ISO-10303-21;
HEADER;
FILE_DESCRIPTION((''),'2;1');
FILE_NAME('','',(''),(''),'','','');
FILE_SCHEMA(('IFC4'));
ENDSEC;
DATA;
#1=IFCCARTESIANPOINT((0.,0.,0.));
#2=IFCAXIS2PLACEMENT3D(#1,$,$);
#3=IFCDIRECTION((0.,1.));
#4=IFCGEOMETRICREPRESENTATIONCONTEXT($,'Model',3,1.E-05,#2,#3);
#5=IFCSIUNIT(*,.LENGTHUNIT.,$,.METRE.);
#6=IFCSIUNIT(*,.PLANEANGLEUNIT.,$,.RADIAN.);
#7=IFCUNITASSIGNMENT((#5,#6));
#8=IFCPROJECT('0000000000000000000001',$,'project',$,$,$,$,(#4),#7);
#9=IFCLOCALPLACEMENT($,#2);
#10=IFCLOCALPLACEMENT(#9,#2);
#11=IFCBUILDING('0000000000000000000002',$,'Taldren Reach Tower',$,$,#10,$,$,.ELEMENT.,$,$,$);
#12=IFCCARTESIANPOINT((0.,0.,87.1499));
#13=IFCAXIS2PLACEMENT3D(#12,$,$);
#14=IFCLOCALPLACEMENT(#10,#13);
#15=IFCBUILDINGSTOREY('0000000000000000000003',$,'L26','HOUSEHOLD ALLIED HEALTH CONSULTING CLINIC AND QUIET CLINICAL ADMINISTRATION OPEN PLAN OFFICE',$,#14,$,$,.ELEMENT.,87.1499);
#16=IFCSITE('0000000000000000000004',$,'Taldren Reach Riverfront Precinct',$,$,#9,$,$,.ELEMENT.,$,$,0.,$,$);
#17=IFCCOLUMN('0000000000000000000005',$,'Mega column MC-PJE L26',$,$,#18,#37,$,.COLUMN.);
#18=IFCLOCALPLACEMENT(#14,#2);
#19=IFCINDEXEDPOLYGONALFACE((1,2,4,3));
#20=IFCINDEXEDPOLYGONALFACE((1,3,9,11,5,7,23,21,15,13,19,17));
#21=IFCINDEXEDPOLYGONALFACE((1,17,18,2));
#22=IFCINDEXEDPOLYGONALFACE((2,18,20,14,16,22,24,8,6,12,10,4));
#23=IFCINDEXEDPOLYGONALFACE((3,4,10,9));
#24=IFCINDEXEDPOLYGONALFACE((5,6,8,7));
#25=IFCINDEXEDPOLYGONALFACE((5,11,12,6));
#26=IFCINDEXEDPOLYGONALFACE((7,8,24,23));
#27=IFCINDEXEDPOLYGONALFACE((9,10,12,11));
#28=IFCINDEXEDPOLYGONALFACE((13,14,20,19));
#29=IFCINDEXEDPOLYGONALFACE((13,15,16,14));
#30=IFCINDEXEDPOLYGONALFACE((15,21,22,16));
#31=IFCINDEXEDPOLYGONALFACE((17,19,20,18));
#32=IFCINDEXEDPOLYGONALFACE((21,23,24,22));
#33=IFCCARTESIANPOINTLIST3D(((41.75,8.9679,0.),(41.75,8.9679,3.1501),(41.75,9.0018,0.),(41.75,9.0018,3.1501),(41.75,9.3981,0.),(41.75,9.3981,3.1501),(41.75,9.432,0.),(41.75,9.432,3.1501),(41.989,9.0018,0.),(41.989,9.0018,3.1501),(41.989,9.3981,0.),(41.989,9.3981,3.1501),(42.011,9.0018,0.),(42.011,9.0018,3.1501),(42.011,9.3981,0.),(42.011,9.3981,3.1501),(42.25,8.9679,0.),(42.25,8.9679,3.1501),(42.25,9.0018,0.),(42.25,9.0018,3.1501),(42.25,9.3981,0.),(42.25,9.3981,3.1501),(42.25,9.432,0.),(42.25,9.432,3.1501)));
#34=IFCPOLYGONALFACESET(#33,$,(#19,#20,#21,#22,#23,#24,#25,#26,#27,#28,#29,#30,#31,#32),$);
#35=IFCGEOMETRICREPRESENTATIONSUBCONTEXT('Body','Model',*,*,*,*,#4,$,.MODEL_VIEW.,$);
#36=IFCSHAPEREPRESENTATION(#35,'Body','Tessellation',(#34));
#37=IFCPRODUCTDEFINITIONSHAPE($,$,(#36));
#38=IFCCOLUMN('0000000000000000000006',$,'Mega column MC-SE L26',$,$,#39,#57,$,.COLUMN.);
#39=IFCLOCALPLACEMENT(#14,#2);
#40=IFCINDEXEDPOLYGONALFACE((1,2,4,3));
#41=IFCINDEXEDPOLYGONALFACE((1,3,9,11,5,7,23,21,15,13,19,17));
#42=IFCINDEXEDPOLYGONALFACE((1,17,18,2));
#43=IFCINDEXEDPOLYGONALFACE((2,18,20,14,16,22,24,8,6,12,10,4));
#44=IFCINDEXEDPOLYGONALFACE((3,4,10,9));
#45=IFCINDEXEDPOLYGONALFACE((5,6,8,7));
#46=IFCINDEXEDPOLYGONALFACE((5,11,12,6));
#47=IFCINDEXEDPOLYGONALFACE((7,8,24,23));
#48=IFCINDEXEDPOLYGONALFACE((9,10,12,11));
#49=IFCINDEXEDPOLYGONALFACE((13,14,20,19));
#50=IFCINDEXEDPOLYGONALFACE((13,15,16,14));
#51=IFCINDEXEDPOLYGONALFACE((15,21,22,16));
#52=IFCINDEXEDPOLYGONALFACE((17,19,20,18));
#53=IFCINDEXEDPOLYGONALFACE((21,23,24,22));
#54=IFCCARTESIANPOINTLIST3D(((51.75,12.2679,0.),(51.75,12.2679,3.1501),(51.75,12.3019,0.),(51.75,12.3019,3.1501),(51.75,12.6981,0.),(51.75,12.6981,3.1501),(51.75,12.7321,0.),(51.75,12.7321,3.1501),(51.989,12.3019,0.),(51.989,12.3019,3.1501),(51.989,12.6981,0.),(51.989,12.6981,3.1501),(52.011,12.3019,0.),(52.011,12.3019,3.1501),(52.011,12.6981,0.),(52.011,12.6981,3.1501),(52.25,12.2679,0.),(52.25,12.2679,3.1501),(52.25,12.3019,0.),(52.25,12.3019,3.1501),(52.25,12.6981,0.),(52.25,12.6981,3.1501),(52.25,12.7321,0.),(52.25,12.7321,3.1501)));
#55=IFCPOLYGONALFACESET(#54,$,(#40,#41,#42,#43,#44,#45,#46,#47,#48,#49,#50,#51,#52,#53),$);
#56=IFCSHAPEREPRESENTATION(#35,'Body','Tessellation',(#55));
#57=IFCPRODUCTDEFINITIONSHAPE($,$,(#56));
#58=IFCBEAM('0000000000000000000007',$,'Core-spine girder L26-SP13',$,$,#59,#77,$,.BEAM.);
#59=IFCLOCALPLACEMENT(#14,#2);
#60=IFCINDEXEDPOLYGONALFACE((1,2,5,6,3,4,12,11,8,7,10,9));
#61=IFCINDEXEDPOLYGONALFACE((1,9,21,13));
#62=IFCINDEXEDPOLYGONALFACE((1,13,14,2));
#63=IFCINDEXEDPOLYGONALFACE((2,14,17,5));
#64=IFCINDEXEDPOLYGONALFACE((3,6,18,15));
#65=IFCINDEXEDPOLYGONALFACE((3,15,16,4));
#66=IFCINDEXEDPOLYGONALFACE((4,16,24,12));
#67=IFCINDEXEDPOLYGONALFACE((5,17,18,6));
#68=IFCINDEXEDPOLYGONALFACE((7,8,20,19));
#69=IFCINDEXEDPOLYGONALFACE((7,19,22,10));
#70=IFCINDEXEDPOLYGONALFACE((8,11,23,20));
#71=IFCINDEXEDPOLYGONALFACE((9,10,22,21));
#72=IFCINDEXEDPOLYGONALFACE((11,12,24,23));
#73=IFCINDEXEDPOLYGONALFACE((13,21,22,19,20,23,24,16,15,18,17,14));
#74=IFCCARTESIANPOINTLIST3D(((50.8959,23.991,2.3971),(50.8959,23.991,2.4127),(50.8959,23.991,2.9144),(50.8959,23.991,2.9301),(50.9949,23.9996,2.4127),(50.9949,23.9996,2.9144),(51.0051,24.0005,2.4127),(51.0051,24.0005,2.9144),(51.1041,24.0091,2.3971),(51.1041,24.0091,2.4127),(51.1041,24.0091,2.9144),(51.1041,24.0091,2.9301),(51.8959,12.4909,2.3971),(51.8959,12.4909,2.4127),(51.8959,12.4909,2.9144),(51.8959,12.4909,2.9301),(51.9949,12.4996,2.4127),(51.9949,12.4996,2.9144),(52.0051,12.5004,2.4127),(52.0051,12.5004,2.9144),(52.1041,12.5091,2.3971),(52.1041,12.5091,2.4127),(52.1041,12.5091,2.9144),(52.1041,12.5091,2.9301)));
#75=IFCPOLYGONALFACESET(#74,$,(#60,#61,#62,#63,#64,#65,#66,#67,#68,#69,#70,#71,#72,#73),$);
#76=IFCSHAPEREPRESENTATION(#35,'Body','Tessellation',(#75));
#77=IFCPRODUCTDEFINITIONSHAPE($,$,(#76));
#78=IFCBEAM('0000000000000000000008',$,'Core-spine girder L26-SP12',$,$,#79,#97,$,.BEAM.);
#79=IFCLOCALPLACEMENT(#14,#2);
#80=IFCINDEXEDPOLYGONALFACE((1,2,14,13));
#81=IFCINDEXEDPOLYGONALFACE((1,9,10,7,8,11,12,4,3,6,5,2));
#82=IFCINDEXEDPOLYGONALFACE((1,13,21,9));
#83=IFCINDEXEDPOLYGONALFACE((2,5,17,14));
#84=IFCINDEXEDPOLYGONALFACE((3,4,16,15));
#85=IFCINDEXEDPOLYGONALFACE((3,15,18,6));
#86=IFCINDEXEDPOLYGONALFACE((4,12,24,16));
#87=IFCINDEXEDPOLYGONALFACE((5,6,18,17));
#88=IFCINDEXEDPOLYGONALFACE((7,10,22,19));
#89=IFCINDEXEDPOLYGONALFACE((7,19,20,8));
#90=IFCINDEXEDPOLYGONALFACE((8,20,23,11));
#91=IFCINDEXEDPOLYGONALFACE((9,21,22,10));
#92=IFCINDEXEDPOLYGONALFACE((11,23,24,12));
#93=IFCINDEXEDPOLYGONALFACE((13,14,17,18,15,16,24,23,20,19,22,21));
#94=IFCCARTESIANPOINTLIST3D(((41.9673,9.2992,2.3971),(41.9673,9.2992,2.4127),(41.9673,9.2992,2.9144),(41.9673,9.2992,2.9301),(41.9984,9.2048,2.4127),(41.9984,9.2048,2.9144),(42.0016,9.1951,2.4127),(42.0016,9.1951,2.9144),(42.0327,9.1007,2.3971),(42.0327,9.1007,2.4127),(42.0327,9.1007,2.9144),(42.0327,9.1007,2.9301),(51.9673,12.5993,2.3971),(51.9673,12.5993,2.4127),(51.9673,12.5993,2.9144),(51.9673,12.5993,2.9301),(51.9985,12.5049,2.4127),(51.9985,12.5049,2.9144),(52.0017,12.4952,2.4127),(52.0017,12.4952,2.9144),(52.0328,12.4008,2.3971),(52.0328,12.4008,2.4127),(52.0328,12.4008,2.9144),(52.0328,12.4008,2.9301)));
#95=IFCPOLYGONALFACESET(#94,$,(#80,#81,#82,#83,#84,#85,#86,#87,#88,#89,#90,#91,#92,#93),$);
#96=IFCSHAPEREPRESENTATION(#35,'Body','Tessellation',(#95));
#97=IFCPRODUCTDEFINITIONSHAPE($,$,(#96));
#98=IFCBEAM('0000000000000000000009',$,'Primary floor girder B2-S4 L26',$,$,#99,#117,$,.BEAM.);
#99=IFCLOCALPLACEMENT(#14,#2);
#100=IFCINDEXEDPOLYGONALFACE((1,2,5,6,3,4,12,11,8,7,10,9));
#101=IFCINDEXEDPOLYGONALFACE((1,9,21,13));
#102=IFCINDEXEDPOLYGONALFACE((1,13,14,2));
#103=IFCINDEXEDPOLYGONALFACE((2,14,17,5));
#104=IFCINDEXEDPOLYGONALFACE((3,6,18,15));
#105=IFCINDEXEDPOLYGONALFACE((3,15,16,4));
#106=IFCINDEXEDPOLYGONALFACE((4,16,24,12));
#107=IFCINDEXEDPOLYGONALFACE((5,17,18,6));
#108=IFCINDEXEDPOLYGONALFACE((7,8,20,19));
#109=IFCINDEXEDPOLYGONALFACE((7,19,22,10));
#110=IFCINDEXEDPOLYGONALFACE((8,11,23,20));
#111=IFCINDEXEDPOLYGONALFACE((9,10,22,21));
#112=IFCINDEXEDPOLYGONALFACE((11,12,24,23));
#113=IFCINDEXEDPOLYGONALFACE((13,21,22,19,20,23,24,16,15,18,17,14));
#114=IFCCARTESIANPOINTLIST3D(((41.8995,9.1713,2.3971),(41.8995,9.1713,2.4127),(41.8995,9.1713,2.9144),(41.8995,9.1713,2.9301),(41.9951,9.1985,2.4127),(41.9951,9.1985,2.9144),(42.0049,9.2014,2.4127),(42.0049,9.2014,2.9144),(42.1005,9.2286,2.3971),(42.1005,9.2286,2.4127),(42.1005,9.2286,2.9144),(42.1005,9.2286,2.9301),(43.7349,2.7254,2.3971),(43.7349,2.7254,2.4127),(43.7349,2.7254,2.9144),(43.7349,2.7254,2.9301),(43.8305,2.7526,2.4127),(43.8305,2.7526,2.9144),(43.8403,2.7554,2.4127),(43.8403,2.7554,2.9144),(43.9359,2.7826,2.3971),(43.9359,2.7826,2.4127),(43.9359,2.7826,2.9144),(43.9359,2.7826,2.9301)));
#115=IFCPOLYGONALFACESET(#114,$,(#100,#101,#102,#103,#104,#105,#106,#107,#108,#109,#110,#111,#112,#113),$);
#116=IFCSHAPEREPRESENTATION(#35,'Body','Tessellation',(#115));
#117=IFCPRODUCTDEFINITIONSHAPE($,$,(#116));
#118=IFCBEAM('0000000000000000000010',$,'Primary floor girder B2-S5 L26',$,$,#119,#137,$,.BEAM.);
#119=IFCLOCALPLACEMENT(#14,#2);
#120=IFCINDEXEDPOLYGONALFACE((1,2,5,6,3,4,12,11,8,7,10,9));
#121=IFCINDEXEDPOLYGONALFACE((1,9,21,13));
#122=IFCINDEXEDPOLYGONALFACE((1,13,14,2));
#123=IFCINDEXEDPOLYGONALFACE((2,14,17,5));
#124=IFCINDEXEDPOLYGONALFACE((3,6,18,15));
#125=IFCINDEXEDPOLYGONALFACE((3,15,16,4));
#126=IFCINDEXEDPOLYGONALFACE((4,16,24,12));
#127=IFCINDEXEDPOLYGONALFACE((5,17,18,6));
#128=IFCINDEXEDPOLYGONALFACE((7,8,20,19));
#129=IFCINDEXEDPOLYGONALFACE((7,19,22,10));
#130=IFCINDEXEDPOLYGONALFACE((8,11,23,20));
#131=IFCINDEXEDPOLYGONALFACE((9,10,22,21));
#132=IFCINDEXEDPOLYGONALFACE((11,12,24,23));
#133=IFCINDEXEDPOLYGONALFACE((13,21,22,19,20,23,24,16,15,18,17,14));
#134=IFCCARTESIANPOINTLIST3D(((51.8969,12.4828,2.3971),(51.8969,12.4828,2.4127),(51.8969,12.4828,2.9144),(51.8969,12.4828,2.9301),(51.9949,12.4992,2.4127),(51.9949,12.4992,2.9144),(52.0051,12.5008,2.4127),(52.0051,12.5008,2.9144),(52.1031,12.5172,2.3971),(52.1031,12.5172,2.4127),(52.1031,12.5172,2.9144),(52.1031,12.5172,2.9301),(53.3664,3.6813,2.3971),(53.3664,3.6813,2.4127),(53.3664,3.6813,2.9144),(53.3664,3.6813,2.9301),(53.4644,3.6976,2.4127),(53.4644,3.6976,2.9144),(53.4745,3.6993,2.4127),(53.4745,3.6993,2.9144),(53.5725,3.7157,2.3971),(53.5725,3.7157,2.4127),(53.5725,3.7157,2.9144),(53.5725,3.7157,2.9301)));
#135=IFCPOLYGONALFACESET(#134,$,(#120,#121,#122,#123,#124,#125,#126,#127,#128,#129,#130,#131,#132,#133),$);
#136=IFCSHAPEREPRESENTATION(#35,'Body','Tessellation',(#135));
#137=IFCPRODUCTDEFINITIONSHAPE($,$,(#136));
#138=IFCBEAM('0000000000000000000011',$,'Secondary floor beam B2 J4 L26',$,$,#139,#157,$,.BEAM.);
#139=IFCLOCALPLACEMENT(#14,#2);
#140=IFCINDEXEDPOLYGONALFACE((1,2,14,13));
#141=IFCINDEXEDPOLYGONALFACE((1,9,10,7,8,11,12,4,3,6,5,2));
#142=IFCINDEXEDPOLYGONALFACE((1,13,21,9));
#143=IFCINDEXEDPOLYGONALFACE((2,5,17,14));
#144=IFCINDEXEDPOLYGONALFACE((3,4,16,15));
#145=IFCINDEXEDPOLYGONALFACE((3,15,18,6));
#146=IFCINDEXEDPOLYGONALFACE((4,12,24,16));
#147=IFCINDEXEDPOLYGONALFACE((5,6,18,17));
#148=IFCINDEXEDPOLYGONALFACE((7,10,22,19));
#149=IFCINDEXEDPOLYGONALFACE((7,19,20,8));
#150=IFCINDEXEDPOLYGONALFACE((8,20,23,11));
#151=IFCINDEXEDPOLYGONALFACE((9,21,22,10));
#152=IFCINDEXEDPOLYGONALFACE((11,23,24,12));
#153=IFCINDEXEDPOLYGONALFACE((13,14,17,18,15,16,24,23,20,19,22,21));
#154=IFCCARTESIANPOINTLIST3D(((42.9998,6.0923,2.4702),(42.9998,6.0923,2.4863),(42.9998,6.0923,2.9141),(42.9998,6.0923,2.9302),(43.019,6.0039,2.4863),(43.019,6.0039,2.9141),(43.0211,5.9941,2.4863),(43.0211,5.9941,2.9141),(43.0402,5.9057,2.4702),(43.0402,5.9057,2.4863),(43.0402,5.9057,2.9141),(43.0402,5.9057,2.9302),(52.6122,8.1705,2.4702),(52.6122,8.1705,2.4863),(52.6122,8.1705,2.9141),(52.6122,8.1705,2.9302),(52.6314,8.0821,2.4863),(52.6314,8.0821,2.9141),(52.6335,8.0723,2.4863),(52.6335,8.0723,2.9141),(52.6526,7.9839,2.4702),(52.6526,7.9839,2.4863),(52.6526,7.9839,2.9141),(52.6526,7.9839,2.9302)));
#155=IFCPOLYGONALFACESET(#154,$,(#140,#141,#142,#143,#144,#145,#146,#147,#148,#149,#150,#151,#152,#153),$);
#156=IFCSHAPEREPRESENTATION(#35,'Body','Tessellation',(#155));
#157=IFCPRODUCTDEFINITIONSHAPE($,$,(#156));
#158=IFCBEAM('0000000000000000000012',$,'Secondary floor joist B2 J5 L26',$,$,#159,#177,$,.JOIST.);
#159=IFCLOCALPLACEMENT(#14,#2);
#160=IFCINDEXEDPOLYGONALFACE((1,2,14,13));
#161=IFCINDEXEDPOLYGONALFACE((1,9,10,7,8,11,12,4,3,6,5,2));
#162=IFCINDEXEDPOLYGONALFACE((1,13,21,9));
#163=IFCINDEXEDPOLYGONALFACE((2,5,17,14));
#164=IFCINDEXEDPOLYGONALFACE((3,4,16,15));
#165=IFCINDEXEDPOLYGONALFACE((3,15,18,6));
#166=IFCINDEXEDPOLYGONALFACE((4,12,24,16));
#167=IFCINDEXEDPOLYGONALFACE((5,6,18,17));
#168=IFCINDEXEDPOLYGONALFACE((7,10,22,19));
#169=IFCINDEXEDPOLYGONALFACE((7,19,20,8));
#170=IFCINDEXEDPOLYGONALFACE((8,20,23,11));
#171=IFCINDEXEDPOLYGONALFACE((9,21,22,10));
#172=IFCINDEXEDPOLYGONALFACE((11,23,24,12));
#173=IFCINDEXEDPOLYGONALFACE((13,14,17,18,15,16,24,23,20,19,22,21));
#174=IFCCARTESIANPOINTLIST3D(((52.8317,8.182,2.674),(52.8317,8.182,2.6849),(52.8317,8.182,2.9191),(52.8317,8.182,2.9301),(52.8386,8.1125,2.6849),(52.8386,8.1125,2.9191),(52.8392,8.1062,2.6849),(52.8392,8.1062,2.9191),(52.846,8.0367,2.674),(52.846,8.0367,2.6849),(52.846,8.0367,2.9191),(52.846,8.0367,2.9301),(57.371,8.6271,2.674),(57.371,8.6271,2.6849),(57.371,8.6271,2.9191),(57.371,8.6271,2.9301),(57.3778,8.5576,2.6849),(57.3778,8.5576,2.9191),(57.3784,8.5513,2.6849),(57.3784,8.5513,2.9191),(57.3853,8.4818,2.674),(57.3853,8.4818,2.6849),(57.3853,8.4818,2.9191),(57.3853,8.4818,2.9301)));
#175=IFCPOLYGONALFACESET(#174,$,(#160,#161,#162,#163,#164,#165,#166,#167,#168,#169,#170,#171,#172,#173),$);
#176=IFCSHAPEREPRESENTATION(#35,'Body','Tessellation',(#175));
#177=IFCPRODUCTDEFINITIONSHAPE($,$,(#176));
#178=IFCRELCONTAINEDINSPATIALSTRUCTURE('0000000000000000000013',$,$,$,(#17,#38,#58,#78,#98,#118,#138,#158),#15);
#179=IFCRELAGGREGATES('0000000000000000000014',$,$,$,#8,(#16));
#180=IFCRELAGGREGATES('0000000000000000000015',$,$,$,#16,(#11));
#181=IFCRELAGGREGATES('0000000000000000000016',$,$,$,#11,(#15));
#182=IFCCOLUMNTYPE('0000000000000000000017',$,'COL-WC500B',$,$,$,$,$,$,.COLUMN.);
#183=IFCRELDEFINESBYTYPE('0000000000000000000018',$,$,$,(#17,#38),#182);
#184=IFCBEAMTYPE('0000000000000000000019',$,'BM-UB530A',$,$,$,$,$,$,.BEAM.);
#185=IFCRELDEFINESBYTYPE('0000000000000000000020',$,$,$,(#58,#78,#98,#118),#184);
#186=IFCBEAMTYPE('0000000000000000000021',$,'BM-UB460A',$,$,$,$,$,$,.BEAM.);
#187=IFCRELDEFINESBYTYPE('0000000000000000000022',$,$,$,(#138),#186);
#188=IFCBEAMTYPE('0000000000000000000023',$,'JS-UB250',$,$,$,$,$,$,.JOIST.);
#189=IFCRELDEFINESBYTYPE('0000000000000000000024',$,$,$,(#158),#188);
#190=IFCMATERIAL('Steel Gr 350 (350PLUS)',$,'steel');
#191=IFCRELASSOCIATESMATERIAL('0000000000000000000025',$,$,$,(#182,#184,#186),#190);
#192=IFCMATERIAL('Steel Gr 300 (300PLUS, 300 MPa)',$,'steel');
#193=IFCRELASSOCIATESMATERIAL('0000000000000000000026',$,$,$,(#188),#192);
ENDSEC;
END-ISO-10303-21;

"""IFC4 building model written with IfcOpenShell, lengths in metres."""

from ifc_helpers import new_model, si_unit, direction, frame, origin, origin_2d, place, context, subcontext, project, spatial, i_section, extrude, source, transform, mapped, material, material_profile, profile_set, type_object, element, save


model = new_model("IFC4")

# Units and contexts
model_context = context("Model", 3, precision=1e-05, world=origin(), true_north=direction((0.0, 1.0)))
body_context = subcontext(model_context, "Body", "Model", "MODEL_VIEW")
ifc_project = project(units=[si_unit("LENGTHUNIT", "METRE"), si_unit("PLANEANGLEUNIT", "RADIAN")], contexts=[model_context])

# Site, building, storey
site_placement = place(None, origin())
site = spatial("IfcSite", under=ifc_project, at=site_placement, Name="Taldren Reach Riverfront Precinct", CompositionType="ELEMENT", RefElevation=0.0)
building_placement = place(site_placement, origin())
building = spatial("IfcBuilding", under=site, at=building_placement, Name="Taldren Reach Tower", CompositionType="ELEMENT")
storey_placement = place(building_placement, frame((0.0, 0.0, 87.1499)))
storey = spatial("IfcBuildingStorey", under=building, at=storey_placement, Name="L26", Description="HOUSEHOLD ALLIED HEALTH CONSULTING CLINIC AND QUIET CLINICAL ADMINISTRATION OPEN PLAN OFFICE", CompositionType="ELEMENT", Elevation=87.1499)

# Columns
ifc_material_1 = material(Name="Steel Gr 350 (350PLUS)", Category="steel")
ifc_material_profile_1 = material_profile(ifc_material_1, i_section(OverallWidth=0.5, OverallDepth=0.4641, WebThickness=0.022, FlangeThickness=0.0339, at=origin_2d()), Name="500WC340")
ifc_profile_set_1 = profile_set([ifc_material_profile_1], Name="Steel Gr 350 (350PLUS)")
column_type = type_object("IfcColumnType", Name="COL-WC500B", PredefinedType="COLUMN", material=ifc_profile_set_1)
shared_shape_1 = source(origin(), body_context, "Body", "SweptSolid", [
    extrude(i_section(OverallWidth=0.5, OverallDepth=0.4641, WebThickness=0.022, FlangeThickness=0.0339, at=origin_2d()), origin(), (0.0, 0.0, 1.0), 3.1501),
])
for number, where, z_axis, x_axis, name in (
    (1, (42.0, 9.2, 0.0), (0.0, 0.0, 1.0), (1.0, 0.0, 0.0), "Mega column MC-PJE L26"),
    (2, (52.0, 12.5, 0.0), (0.0, 0.0, 1.0), (1.0, 0.0, 0.0), "Mega column MC-SE L26"),
):
    element("IfcColumn", number, at=place(storey_placement, frame(where, z_axis=z_axis, x_axis=x_axis)), inside=storey, type_object=column_type, Name=name, PredefinedType="COLUMN", context=body_context, shape_type="MappedRepresentation", body=[
        mapped(shared_shape_1, transform((0.0, 0.0, 0.0), scale=1.0)),
    ])

# Beams
ifc_material_profile_2 = material_profile(ifc_material_1, i_section(OverallWidth=0.209, OverallDepth=0.533, WebThickness=0.0103, FlangeThickness=0.0156, at=origin_2d()), Name="530UB92.4")
ifc_profile_set_2 = profile_set([ifc_material_profile_2], Name="Steel Gr 350 (350PLUS)")
beam_type_1 = type_object("IfcBeamType", Name="BM-UB530A", PredefinedType="BEAM", material=ifc_profile_set_2)
shared_shape_2 = source(origin(), body_context, "Body", "SweptSolid", [
    extrude(i_section(OverallWidth=0.209, OverallDepth=0.533, WebThickness=0.0103, FlangeThickness=0.0156, at=origin_2d()), origin(), (0.0, 0.0, 1.0), 11.5435),
])
beam_1_placement = place(storey_placement, frame((52.0, 12.5, 2.6636), z_axis=(-0.08663, 0.996241, 0.0), x_axis=(-0.996241, -0.08663, 0.0)))
element("IfcBeam", 3, at=beam_1_placement, inside=storey, type_object=beam_type_1, Name="Core-spine girder L26-SP13", PredefinedType="BEAM", context=body_context, shape_type="MappedRepresentation", body=[
    mapped(shared_shape_2, transform((0.0, 0.0, 0.0), scale=1.0)),
])
shared_shape_3 = source(origin(), body_context, "Body", "SweptSolid", [
    extrude(i_section(OverallWidth=0.209, OverallDepth=0.533, WebThickness=0.0103, FlangeThickness=0.0156, at=origin_2d()), origin(), (0.0, 0.0, 1.0), 10.5305),
])
beam_2_placement = place(storey_placement, frame((42.0, 9.2, 2.6636), z_axis=(0.949627, 0.313382, 0.0), x_axis=(-0.313382, 0.949627, 0.0)))
element("IfcBeam", 4, at=beam_2_placement, inside=storey, type_object=beam_type_1, Name="Core-spine girder L26-SP12", PredefinedType="BEAM", context=body_context, shape_type="MappedRepresentation", body=[
    mapped(shared_shape_3, transform((0.0, 0.0, 0.0), scale=1.0)),
])
shared_shape_4 = source(origin(), body_context, "Body", "SweptSolid", [
    extrude(i_section(OverallWidth=0.209, OverallDepth=0.533, WebThickness=0.0103, FlangeThickness=0.0156, at=origin_2d()), origin(), (0.0, 0.0, 1.0), 6.7021),
])
beam_3_placement = place(storey_placement, frame((42.0, 9.2, 2.6636), z_axis=(0.273855, -0.961771, 0.0), x_axis=(0.961771, 0.273855, 0.0)))
element("IfcBeam", 5, at=beam_3_placement, inside=storey, type_object=beam_type_1, Name="Primary floor girder B2-S4 L26", PredefinedType="BEAM", context=body_context, shape_type="MappedRepresentation", body=[
    mapped(shared_shape_4, transform((0.0, 0.0, 0.0), scale=1.0)),
])
shared_shape_5 = source(origin(), body_context, "Body", "SweptSolid", [
    extrude(i_section(OverallWidth=0.209, OverallDepth=0.533, WebThickness=0.0103, FlangeThickness=0.0156, at=origin_2d()), origin(), (0.0, 0.0, 1.0), 8.9233),
])
beam_4_placement = place(storey_placement, frame((52.0, 12.5, 2.6636), z_axis=(0.164678, -0.986347, 0.0), x_axis=(0.986347, 0.164678, 0.0)))
element("IfcBeam", 6, at=beam_4_placement, inside=storey, type_object=beam_type_1, Name="Primary floor girder B2-S5 L26", PredefinedType="BEAM", context=body_context, shape_type="MappedRepresentation", body=[
    mapped(shared_shape_5, transform((0.0, 0.0, 0.0), scale=1.0)),
])
ifc_material_profile_3 = material_profile(ifc_material_1, i_section(OverallWidth=0.1909, OverallDepth=0.46, WebThickness=0.01, FlangeThickness=0.0161, at=origin_2d()), Name="460UB82.1")
ifc_profile_set_3 = profile_set([ifc_material_profile_3], Name="Steel Gr 350 (350PLUS)")
beam_type_2 = type_object("IfcBeamType", Name="BM-UB460A", PredefinedType="BEAM", material=ifc_profile_set_3)
shared_shape_6 = source(origin(), body_context, "Body", "SweptSolid", [
    extrude(i_section(OverallWidth=0.1909, OverallDepth=0.46, WebThickness=0.01, FlangeThickness=0.0161, at=origin_2d()), origin(), (0.0, 0.0, 1.0), 9.8345),
])
beam_5_placement = place(storey_placement, frame((43.02, 5.999, 2.7002), z_axis=(0.977419, 0.211312, 0.0), x_axis=(-0.211312, 0.977419, 0.0)))
element("IfcBeam", 7, at=beam_5_placement, inside=storey, type_object=beam_type_2, Name="Secondary floor beam B2 J4 L26", PredefinedType="BEAM", context=body_context, shape_type="MappedRepresentation", body=[
    mapped(shared_shape_6, transform((0.0, 0.0, 0.0), scale=1.0)),
])
ifc_material_2 = material(Name="Steel Gr 300 (300PLUS, 300 MPa)", Category="steel")
ifc_material_profile_4 = material_profile(ifc_material_2, i_section(OverallWidth=0.146, OverallDepth=0.2561, WebThickness=0.0063, FlangeThickness=0.011, at=origin_2d()), Name="250UB37.3")
ifc_profile_set_4 = profile_set([ifc_material_profile_4], Name="Steel Gr 300 (300PLUS, 300 MPa)")
beam_type_3 = type_object("IfcBeamType", Name="JS-UB250", PredefinedType="JOIST", material=ifc_profile_set_4)
shared_shape_7 = source(origin(), body_context, "Body", "SweptSolid", [
    extrude(i_section(OverallWidth=0.146, OverallDepth=0.2561, WebThickness=0.0063, FlangeThickness=0.011, at=origin_2d()), origin(), (0.0, 0.0, 1.0), 4.561),
])
beam_6_placement = place(storey_placement, frame((52.8389, 8.1094, 2.802), z_axis=(0.995228, 0.09758, 0.0), x_axis=(-0.09758, 0.995228, 0.0)))
element("IfcBeam", 8, at=beam_6_placement, inside=storey, type_object=beam_type_3, Name="Secondary floor joist B2 J5 L26", PredefinedType="JOIST", context=body_context, shape_type="MappedRepresentation", body=[
    mapped(shared_shape_7, transform((0.0, 0.0, 0.0), scale=1.0)),
])

save(model, "model.ifc")
